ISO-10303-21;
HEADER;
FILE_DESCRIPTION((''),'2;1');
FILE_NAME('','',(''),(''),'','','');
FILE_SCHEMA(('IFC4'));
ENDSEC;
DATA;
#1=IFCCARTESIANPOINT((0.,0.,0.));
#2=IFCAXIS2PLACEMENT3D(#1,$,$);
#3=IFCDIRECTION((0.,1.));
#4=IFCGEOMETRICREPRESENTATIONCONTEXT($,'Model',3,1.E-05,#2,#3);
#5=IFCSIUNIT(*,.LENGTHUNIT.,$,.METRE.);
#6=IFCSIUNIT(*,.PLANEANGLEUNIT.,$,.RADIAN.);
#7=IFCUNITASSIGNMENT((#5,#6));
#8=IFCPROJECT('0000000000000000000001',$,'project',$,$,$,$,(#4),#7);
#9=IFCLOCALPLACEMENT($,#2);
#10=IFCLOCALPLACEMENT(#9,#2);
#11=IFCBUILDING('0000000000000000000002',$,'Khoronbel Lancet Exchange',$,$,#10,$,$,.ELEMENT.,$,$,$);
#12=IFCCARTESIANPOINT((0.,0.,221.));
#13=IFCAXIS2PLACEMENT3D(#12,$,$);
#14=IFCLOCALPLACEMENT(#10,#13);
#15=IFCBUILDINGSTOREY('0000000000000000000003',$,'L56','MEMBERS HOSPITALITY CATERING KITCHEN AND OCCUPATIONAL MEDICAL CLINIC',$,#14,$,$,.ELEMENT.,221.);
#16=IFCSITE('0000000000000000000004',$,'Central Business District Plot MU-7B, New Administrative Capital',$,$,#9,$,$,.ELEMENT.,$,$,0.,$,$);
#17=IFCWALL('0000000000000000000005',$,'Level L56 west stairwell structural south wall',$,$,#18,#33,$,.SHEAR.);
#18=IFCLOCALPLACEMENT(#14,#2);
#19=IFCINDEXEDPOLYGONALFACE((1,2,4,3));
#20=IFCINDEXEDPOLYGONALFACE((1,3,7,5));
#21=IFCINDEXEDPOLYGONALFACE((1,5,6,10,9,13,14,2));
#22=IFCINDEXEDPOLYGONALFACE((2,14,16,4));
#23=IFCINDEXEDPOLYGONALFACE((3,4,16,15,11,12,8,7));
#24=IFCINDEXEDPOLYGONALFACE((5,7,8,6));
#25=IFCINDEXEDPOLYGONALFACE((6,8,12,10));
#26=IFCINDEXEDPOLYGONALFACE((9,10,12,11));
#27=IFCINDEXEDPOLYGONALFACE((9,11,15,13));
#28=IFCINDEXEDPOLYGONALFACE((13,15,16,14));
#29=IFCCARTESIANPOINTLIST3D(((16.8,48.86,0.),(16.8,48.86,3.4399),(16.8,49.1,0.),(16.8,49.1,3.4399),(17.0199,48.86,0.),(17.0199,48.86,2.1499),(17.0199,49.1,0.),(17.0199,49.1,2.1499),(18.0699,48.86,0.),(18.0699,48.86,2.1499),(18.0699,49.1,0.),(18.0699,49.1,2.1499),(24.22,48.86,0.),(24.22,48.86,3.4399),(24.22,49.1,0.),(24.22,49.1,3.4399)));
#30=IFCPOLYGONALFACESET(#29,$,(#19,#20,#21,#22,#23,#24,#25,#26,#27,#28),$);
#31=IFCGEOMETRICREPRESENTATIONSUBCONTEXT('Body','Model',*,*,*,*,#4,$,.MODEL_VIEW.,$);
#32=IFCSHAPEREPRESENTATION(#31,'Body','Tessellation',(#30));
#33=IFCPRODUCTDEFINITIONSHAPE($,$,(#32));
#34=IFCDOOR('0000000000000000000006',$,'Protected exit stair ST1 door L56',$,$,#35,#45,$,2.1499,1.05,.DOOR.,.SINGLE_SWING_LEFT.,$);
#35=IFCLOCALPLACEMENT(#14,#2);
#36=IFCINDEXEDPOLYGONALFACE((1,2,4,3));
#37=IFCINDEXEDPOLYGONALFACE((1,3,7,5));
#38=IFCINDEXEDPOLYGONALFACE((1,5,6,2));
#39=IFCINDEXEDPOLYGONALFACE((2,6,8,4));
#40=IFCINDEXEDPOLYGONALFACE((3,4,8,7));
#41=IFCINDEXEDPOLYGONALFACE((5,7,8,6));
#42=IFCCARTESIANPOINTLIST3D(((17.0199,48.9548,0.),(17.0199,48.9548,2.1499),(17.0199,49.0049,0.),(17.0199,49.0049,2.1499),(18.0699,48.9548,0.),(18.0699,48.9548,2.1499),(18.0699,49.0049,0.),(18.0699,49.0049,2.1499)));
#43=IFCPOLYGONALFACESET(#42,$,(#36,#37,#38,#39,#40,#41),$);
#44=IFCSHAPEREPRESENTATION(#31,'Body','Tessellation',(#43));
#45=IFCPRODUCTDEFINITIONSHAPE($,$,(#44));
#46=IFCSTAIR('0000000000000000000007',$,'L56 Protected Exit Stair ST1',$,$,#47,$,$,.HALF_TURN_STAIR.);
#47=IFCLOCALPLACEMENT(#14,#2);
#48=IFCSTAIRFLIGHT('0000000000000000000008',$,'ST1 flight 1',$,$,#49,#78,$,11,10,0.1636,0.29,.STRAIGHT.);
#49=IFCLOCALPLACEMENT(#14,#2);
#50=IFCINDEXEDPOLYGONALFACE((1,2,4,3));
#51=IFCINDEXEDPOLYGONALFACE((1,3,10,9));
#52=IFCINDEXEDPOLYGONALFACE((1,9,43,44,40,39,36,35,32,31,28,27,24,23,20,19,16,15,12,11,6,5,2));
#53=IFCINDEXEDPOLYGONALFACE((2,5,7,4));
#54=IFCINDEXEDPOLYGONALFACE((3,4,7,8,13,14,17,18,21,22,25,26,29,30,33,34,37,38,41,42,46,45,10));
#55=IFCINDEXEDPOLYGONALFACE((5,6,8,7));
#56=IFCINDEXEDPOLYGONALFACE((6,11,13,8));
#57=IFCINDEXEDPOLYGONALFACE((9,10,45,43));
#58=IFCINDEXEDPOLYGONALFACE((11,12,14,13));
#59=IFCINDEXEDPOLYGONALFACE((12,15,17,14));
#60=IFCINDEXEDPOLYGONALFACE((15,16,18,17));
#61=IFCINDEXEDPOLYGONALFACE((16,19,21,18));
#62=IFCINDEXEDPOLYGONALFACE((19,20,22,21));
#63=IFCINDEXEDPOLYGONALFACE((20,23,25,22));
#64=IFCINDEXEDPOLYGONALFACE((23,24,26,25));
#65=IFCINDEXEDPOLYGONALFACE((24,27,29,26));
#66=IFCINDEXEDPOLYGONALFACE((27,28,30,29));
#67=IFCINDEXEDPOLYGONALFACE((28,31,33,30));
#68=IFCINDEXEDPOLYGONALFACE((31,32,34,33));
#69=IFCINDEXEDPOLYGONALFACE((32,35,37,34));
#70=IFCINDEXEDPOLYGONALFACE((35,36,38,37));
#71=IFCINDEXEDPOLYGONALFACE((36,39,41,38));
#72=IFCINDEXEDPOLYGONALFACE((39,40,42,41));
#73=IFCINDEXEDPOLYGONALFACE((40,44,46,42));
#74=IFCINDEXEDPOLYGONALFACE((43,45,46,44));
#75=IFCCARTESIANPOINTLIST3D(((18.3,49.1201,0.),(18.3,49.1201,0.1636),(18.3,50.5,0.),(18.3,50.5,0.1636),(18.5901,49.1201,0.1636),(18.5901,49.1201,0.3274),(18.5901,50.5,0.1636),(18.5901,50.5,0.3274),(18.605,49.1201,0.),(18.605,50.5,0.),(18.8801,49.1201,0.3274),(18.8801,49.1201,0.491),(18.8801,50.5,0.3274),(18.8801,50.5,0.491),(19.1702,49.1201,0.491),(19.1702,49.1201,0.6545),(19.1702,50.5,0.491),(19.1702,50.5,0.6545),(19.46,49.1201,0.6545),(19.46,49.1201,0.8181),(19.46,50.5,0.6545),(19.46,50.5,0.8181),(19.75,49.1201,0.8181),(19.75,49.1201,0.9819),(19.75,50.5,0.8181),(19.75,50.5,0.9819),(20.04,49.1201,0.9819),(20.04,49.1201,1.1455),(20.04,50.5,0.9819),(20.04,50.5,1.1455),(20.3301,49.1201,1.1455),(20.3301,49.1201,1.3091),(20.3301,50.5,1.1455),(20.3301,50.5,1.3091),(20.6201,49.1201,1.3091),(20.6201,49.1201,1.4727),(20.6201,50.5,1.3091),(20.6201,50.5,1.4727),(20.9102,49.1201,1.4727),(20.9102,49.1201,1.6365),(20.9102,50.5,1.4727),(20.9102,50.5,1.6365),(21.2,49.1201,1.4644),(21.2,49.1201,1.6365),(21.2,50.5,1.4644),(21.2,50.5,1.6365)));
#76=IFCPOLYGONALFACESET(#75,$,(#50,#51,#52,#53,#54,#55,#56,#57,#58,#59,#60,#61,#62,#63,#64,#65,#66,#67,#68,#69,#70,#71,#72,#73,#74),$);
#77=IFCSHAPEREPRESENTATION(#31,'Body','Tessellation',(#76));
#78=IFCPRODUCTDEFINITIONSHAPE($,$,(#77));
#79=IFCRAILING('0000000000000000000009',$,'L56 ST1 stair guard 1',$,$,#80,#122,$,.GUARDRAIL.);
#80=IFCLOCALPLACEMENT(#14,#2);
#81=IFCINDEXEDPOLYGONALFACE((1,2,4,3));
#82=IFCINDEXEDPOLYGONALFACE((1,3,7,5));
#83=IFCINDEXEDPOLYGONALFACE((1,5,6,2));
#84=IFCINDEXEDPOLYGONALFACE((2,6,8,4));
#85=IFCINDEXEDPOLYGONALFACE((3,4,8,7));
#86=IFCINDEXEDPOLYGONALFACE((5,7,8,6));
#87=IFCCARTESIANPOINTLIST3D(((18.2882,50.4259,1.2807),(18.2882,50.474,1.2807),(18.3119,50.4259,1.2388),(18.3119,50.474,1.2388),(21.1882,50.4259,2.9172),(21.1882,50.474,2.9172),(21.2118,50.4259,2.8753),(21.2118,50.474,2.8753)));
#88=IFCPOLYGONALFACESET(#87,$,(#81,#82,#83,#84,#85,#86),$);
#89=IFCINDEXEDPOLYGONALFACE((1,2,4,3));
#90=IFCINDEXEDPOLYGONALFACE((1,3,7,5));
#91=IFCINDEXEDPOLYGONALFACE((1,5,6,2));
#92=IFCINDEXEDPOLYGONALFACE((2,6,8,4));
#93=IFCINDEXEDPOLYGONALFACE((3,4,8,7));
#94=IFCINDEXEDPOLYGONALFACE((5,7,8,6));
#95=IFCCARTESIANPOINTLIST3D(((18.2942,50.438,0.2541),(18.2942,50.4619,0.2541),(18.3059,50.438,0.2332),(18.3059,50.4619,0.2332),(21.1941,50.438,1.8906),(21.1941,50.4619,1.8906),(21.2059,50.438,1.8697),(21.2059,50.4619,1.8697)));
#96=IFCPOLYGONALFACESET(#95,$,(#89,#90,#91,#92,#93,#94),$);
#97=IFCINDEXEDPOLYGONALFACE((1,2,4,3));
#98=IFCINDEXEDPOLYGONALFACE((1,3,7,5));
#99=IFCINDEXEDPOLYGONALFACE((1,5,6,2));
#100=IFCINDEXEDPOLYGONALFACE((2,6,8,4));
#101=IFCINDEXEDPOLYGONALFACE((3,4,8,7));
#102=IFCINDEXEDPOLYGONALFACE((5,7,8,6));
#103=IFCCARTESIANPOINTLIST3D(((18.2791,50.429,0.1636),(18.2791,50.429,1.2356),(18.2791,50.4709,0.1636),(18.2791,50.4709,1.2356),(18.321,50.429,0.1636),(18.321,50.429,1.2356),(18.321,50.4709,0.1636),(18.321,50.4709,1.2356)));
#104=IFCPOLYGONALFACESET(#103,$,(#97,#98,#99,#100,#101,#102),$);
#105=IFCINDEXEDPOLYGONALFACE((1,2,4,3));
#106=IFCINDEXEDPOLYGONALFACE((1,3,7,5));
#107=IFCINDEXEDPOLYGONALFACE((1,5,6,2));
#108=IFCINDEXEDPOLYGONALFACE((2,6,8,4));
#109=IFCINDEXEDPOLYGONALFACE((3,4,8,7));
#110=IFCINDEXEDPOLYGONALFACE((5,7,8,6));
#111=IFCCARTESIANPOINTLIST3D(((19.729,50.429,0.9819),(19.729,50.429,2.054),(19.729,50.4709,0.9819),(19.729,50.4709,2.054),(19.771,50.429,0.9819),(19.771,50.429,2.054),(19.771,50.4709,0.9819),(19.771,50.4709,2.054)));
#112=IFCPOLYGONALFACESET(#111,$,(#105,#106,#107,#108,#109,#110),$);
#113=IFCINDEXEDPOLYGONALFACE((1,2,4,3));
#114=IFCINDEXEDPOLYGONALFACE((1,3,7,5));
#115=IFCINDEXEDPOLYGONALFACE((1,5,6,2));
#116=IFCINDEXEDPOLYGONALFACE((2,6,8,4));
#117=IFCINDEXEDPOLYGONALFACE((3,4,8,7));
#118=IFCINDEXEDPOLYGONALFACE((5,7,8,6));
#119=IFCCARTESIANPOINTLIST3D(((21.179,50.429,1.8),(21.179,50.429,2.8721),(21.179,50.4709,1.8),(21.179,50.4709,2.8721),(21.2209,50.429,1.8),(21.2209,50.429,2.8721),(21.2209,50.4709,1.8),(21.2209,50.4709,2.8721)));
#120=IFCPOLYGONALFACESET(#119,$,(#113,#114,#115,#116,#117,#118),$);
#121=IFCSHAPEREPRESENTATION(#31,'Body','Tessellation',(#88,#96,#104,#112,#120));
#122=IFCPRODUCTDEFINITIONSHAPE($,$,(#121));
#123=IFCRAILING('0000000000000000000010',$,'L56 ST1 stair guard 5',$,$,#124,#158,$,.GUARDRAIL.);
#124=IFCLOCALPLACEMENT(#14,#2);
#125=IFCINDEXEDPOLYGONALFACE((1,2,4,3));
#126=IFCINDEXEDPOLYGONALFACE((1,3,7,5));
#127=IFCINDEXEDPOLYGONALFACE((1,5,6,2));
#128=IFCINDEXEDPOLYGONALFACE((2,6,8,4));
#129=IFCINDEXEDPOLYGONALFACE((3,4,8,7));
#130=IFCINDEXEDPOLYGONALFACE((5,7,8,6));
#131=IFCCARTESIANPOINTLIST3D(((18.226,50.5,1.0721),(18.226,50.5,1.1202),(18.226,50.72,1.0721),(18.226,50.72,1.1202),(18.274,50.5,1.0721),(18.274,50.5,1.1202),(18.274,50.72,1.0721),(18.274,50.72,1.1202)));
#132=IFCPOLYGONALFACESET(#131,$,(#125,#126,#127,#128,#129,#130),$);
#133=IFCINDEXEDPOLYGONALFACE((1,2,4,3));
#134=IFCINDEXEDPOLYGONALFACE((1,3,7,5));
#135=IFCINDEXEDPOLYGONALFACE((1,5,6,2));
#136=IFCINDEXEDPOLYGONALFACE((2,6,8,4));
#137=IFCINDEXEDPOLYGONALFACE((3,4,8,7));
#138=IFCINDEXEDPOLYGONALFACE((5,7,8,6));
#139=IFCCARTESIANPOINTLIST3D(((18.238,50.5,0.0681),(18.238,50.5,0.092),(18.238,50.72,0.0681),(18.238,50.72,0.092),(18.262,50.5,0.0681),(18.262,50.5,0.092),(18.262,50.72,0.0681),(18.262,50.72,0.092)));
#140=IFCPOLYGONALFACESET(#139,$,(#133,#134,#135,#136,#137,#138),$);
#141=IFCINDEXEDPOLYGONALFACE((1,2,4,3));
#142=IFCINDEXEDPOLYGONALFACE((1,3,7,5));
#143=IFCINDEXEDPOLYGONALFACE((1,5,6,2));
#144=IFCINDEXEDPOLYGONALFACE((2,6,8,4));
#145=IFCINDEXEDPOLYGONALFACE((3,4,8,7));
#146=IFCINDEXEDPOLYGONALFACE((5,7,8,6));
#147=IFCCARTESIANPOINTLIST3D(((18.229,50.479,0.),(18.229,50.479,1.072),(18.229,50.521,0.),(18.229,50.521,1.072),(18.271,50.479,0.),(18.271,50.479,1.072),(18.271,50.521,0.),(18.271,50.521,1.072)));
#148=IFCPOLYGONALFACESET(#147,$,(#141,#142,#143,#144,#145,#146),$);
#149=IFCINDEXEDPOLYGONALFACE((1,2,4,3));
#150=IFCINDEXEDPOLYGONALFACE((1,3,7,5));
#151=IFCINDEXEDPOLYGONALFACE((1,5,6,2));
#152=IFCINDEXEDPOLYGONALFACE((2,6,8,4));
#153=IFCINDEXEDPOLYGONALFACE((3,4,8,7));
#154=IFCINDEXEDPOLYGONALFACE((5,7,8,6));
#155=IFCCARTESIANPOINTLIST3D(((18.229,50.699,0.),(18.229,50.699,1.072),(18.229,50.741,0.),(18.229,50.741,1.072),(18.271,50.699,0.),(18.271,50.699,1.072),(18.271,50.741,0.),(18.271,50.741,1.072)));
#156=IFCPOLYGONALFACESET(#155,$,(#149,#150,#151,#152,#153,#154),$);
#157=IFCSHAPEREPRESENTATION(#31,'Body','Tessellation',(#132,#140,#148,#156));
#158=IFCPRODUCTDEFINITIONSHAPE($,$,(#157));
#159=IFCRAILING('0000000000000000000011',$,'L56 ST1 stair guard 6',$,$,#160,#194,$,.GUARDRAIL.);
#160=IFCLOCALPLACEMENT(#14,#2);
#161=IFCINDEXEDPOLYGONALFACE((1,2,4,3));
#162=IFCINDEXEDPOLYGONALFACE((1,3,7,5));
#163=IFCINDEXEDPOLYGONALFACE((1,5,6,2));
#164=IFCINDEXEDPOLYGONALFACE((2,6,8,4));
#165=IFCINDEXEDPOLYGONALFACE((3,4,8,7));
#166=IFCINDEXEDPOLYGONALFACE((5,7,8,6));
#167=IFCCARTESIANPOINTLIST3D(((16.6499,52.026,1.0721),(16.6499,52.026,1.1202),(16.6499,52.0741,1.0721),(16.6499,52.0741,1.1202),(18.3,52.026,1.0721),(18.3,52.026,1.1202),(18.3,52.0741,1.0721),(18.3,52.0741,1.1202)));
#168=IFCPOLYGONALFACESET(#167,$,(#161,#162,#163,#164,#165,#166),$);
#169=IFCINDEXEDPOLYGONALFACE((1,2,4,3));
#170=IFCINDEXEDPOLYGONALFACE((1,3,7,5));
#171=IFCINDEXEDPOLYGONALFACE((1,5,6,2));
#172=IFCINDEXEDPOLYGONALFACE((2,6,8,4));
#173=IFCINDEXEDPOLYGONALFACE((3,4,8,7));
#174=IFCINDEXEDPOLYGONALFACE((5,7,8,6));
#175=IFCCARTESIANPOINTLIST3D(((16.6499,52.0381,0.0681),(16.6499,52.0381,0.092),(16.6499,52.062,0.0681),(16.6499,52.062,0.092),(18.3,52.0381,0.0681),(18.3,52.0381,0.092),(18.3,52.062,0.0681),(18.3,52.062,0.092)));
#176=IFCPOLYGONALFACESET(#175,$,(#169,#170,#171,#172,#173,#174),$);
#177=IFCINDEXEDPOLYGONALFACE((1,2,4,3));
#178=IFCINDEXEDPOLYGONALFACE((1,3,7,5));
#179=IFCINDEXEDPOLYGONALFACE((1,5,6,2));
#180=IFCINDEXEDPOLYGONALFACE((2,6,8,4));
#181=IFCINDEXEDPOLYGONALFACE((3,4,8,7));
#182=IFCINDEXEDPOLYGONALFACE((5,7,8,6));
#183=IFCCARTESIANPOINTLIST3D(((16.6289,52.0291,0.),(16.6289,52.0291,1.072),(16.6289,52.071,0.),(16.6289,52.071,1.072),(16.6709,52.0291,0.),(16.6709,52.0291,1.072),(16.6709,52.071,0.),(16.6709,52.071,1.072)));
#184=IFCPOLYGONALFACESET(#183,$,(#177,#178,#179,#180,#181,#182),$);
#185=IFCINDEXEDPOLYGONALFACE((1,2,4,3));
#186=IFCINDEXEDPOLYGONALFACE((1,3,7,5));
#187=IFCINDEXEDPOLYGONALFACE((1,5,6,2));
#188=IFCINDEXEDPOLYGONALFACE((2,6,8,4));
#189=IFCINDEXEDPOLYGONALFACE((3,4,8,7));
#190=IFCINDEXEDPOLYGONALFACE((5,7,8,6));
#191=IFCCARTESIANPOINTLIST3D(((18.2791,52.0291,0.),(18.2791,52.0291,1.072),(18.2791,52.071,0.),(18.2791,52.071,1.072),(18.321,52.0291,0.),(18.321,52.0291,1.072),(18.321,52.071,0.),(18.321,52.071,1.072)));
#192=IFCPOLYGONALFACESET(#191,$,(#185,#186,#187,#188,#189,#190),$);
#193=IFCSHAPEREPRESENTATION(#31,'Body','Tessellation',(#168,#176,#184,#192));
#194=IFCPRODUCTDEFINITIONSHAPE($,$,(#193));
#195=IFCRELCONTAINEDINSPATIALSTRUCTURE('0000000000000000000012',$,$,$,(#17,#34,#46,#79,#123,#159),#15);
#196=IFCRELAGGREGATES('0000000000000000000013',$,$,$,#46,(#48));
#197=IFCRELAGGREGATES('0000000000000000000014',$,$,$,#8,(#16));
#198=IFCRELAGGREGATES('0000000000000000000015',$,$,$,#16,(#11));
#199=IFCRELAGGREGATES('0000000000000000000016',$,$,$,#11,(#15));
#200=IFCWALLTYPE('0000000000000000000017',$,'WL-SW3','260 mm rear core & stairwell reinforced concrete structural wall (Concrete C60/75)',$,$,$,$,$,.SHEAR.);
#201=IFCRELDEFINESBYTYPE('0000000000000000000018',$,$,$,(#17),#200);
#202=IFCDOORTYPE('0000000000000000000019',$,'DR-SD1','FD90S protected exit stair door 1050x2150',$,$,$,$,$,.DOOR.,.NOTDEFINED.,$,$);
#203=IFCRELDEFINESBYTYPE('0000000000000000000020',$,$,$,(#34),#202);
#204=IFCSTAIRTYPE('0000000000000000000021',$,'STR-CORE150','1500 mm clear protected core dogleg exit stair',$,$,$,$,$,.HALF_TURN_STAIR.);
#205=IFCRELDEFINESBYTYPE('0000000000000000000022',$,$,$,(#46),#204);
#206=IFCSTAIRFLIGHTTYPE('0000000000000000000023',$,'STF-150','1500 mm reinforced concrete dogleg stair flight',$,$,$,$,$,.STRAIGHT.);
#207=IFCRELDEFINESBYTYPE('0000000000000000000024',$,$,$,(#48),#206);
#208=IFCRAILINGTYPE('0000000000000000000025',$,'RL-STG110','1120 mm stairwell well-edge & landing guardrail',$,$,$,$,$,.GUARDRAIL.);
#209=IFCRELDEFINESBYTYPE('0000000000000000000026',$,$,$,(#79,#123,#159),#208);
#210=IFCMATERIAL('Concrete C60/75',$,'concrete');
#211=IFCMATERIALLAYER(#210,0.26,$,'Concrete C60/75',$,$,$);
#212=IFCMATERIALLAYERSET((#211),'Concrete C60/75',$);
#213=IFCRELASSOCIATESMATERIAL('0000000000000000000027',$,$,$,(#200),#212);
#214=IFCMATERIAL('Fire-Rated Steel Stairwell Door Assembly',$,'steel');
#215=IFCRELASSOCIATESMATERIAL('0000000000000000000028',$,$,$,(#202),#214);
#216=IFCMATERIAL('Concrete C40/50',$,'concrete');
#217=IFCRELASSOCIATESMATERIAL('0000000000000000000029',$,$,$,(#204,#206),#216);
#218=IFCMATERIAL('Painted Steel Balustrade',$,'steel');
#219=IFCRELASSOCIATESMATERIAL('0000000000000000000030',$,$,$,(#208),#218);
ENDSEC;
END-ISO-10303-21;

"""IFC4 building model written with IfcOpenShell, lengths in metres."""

from ifc_helpers import new_model, si_unit, direction, frame, frame_2d, origin, origin_2d, place, context, subcontext, project, spatial, polyline, rectangle, outline, extrude, material, layer, layer_set, type_object, element, fill, aggregate, save


model = new_model("IFC4")

# Units and contexts
model_context = context("Model", 3, precision=1e-05, world=origin(), true_north=direction((0.0, 1.0)))
body_context = subcontext(model_context, "Body", "Model", "MODEL_VIEW")
ifc_project = project(units=[si_unit("LENGTHUNIT", "METRE"), si_unit("PLANEANGLEUNIT", "RADIAN")], contexts=[model_context])

# Site, building, storey
site_placement = place(None, origin())
site = spatial("IfcSite", under=ifc_project, at=site_placement, Name="Central Business District Plot MU-7B, New Administrative Capital", CompositionType="ELEMENT", RefElevation=0.0)
building_placement = place(site_placement, origin())
building = spatial("IfcBuilding", under=site, at=building_placement, Name="Khoronbel Lancet Exchange", CompositionType="ELEMENT")
storey_placement = place(building_placement, frame((0.0, 0.0, 221.0)))
storey = spatial("IfcBuildingStorey", under=building, at=storey_placement, Name="L56", Description="MEMBERS HOSPITALITY CATERING KITCHEN AND OCCUPATIONAL MEDICAL CLINIC", CompositionType="ELEMENT", Elevation=221.0)

# Shared definitions
ifc_material_1 = material(Name="Concrete C60/75", Category="concrete")

# Wall, opening, door
ifc_layer_1 = layer(ifc_material_1, 0.26, Name="Concrete C60/75")
ifc_layer_set_1 = layer_set([ifc_layer_1], Name="Concrete C60/75")
wall_type_1 = type_object("IfcWallType", Name="WL-SW3", Description="260 mm rear core & stairwell reinforced concrete structural wall (Concrete C60/75)", PredefinedType="SHEAR", material=ifc_layer_set_1)
wall_1_placement = place(storey_placement, frame((16.8, 48.98, 0.0), z_axis=(0.0, 0.0, 1.0), x_axis=(1.0, 0.0, 0.0)))
wall_1 = element("IfcWall", 1, at=wall_1_placement, inside=storey, type_object=wall_type_1, Name="Level L56 west stairwell structural south wall", PredefinedType="SHEAR", context=body_context, shape_type="SweptSolid", body=[
    extrude(rectangle(XDim=7.4199, YDim=0.24, at=frame_2d((3.71, 0.0))), origin(), (0.0, 0.0, 1.0), 3.4399),
])
opening_placement = place(wall_1_placement, frame((0.22, 0.0, 0.0)))
opening = element("IfcOpeningElement", 2, at=opening_placement, cuts=wall_1, PredefinedType="OPENING", context=body_context, shape_type="SweptSolid", body=[
    extrude(rectangle(XDim=1.05, YDim=2.1499, at=frame_2d((0.5249, 1.075))), frame((0.0, 0.1299, 0.0), z_axis=(0.0, -1.0, 0.0), x_axis=(1.0, 0.0, 0.0)), (0.0, 0.0, 1.0), 0.26),
])
ifc_material_2 = material(Name="Fire-Rated Steel Stairwell Door Assembly", Category="steel")
door_type = type_object("IfcDoorType", Name="DR-SD1", Description="FD90S protected exit stair door 1050x2150", OperationType="NOTDEFINED", PredefinedType="DOOR", material=ifc_material_2)
door_placement = place(opening_placement, origin())
door = element("IfcDoor", 3, at=door_placement, inside=storey, type_object=door_type, Name="Protected exit stair ST1 door L56", OperationType="SINGLE_SWING_LEFT", OverallHeight=2.1499, OverallWidth=1.05, PredefinedType="DOOR", context=body_context, shape_type="SweptSolid", body=[
    extrude(rectangle(XDim=1.05, YDim=2.1499, at=frame_2d((0.5249, 1.075))), frame((0.0, 0.0249, 0.0), z_axis=(0.0, -1.0, 0.0), x_axis=(1.0, 0.0, 0.0)), (0.0, 0.0, 1.0), 0.05),
])
fill(opening, door)

# Stair, stair flight
ifc_material_3 = material(Name="Concrete C40/50", Category="concrete")
stair_type = type_object("IfcStairType", Name="STR-CORE150", Description="1500 mm clear protected core dogleg exit stair", PredefinedType="HALF_TURN_STAIR", material=ifc_material_3)
stair_placement = place(storey_placement, origin())
stair = element("IfcStair", 4, at=stair_placement, inside=storey, type_object=stair_type, Name="L56 Protected Exit Stair ST1", PredefinedType="HALF_TURN_STAIR")
stair_flight_type = type_object("IfcStairFlightType", Name="STF-150", Description="1500 mm reinforced concrete dogleg stair flight", PredefinedType="STRAIGHT", material=ifc_material_3)
stair_flight_placement = place(storey_placement, frame((18.3, 49.8101, 0.0), z_axis=(0.0, 0.0, 1.0), x_axis=(1.0, 0.0, 0.0)))
stair_flight = element("IfcStairFlight", 5, at=stair_flight_placement, type_object=stair_flight_type, Name="ST1 flight 1", NumberOfRisers=11, NumberOfTreads=10, PredefinedType="STRAIGHT", RiserHeight=0.1636, TreadLength=0.29, context=body_context, shape_type="SweptSolid", body=[
    extrude(outline(polyline([(0.0, 0.0), (0.0, 0.1636), (0.29, 0.1636), (0.29, 0.3274), (0.5801, 0.3274), (0.5801, 0.491), (0.8701, 0.491), (0.8701, 0.6545), (1.1599, 0.6545), (1.1599, 0.8181), (1.45, 0.8181), (1.45, 0.9819), (1.74, 0.9819), (1.74, 1.1455), (2.03, 1.1455), (2.03, 1.3091), (2.3201, 1.3091), (2.3201, 1.4727), (2.6101, 1.4727), (2.6101, 1.6365), (2.8999, 1.6365), (2.8999, 1.8), (2.8999, 1.4644), (0.3049, 0.0), (0.0, 0.0)])), frame((0.0, 0.6899, 0.0), z_axis=(0.0, -1.0, 0.0), x_axis=(1.0, 0.0, 0.0)), (0.0, 0.0, 1.0), 1.3799),
])
aggregate(stair, [stair_flight])

# Railings
ifc_material_4 = material(Name="Painted Steel Balustrade", Category="steel")
railing_type_1 = type_object("IfcRailingType", Name="RL-STG110", Description="1120 mm stairwell well-edge & landing guardrail", PredefinedType="GUARDRAIL", material=ifc_material_4)
railing_1_placement = place(storey_placement, frame((18.3, 50.45, 0.1636)))
element("IfcRailing", 6, at=railing_1_placement, inside=storey, type_object=railing_type_1, Name="L56 ST1 stair guard 1", PredefinedType="GUARDRAIL", context=body_context, shape_type="SweptSolid", body=[
    extrude(rectangle(XDim=0.0481, YDim=0.0481, at=origin_2d()), frame((0.0, 0.0, 1.0962), z_axis=(0.870897, 0.0, 0.491465), x_axis=(0.0, 1.0, 0.0)), (0.0, 0.0, 1.0), 3.3298),
    extrude(rectangle(XDim=0.0239, YDim=0.0239, at=origin_2d()), frame((0.0, 0.0, 0.0801), z_axis=(0.870897, 0.0, 0.491465), x_axis=(0.0, 1.0, 0.0)), (0.0, 0.0, 1.0), 3.3298),
    extrude(rectangle(XDim=0.042, YDim=0.042, at=origin_2d()), origin(), (0.0, 0.0, 1.0), 1.072),
    extrude(rectangle(XDim=0.042, YDim=0.042, at=origin_2d()), frame((1.45, 0.0, 0.8184)), (0.0, 0.0, 1.0), 1.072),
    extrude(rectangle(XDim=0.042, YDim=0.042, at=origin_2d()), frame((2.8999, 0.0, 1.6365)), (0.0, 0.0, 1.0), 1.072),
])
railing_2_placement = place(storey_placement, frame((18.25, 50.5, 0.0)))
element("IfcRailing", 7, at=railing_2_placement, inside=storey, type_object=railing_type_1, Name="L56 ST1 stair guard 5", PredefinedType="GUARDRAIL", context=body_context, shape_type="SweptSolid", body=[
    extrude(rectangle(XDim=0.0481, YDim=0.0481, at=origin_2d()), frame((0.0, 0.0, 1.0962), z_axis=(0.0, 1.0, 0.0), x_axis=(-1.0, 0.0, 0.0)), (0.0, 0.0, 1.0), 0.22),
    extrude(rectangle(XDim=0.0239, YDim=0.0239, at=origin_2d()), frame((0.0, 0.0, 0.0801), z_axis=(0.0, 1.0, 0.0), x_axis=(-1.0, 0.0, 0.0)), (0.0, 0.0, 1.0), 0.22),
    extrude(rectangle(XDim=0.042, YDim=0.042, at=origin_2d()), origin(), (0.0, 0.0, 1.0), 1.072),
    extrude(rectangle(XDim=0.042, YDim=0.042, at=origin_2d()), frame((0.0, 0.22, 0.0)), (0.0, 0.0, 1.0), 1.072),
])
railing_3_placement = place(storey_placement, frame((16.6499, 52.05, 0.0)))
element("IfcRailing", 8, at=railing_3_placement, inside=storey, type_object=railing_type_1, Name="L56 ST1 stair guard 6", PredefinedType="GUARDRAIL", context=body_context, shape_type="SweptSolid", body=[
    extrude(rectangle(XDim=0.0481, YDim=0.0481, at=origin_2d()), frame((0.0, 0.0, 1.0962), z_axis=(1.0, 0.0, 0.0), x_axis=(0.0, 1.0, 0.0)), (0.0, 0.0, 1.0), 1.6501),
    extrude(rectangle(XDim=0.0239, YDim=0.0239, at=origin_2d()), frame((0.0, 0.0, 0.0801), z_axis=(1.0, 0.0, 0.0), x_axis=(0.0, 1.0, 0.0)), (0.0, 0.0, 1.0), 1.6501),
    extrude(rectangle(XDim=0.042, YDim=0.042, at=origin_2d()), origin(), (0.0, 0.0, 1.0), 1.072),
    extrude(rectangle(XDim=0.042, YDim=0.042, at=origin_2d()), frame((1.6501, 0.0, 0.0)), (0.0, 0.0, 1.0), 1.072),
])

save(model, "model.ifc")
